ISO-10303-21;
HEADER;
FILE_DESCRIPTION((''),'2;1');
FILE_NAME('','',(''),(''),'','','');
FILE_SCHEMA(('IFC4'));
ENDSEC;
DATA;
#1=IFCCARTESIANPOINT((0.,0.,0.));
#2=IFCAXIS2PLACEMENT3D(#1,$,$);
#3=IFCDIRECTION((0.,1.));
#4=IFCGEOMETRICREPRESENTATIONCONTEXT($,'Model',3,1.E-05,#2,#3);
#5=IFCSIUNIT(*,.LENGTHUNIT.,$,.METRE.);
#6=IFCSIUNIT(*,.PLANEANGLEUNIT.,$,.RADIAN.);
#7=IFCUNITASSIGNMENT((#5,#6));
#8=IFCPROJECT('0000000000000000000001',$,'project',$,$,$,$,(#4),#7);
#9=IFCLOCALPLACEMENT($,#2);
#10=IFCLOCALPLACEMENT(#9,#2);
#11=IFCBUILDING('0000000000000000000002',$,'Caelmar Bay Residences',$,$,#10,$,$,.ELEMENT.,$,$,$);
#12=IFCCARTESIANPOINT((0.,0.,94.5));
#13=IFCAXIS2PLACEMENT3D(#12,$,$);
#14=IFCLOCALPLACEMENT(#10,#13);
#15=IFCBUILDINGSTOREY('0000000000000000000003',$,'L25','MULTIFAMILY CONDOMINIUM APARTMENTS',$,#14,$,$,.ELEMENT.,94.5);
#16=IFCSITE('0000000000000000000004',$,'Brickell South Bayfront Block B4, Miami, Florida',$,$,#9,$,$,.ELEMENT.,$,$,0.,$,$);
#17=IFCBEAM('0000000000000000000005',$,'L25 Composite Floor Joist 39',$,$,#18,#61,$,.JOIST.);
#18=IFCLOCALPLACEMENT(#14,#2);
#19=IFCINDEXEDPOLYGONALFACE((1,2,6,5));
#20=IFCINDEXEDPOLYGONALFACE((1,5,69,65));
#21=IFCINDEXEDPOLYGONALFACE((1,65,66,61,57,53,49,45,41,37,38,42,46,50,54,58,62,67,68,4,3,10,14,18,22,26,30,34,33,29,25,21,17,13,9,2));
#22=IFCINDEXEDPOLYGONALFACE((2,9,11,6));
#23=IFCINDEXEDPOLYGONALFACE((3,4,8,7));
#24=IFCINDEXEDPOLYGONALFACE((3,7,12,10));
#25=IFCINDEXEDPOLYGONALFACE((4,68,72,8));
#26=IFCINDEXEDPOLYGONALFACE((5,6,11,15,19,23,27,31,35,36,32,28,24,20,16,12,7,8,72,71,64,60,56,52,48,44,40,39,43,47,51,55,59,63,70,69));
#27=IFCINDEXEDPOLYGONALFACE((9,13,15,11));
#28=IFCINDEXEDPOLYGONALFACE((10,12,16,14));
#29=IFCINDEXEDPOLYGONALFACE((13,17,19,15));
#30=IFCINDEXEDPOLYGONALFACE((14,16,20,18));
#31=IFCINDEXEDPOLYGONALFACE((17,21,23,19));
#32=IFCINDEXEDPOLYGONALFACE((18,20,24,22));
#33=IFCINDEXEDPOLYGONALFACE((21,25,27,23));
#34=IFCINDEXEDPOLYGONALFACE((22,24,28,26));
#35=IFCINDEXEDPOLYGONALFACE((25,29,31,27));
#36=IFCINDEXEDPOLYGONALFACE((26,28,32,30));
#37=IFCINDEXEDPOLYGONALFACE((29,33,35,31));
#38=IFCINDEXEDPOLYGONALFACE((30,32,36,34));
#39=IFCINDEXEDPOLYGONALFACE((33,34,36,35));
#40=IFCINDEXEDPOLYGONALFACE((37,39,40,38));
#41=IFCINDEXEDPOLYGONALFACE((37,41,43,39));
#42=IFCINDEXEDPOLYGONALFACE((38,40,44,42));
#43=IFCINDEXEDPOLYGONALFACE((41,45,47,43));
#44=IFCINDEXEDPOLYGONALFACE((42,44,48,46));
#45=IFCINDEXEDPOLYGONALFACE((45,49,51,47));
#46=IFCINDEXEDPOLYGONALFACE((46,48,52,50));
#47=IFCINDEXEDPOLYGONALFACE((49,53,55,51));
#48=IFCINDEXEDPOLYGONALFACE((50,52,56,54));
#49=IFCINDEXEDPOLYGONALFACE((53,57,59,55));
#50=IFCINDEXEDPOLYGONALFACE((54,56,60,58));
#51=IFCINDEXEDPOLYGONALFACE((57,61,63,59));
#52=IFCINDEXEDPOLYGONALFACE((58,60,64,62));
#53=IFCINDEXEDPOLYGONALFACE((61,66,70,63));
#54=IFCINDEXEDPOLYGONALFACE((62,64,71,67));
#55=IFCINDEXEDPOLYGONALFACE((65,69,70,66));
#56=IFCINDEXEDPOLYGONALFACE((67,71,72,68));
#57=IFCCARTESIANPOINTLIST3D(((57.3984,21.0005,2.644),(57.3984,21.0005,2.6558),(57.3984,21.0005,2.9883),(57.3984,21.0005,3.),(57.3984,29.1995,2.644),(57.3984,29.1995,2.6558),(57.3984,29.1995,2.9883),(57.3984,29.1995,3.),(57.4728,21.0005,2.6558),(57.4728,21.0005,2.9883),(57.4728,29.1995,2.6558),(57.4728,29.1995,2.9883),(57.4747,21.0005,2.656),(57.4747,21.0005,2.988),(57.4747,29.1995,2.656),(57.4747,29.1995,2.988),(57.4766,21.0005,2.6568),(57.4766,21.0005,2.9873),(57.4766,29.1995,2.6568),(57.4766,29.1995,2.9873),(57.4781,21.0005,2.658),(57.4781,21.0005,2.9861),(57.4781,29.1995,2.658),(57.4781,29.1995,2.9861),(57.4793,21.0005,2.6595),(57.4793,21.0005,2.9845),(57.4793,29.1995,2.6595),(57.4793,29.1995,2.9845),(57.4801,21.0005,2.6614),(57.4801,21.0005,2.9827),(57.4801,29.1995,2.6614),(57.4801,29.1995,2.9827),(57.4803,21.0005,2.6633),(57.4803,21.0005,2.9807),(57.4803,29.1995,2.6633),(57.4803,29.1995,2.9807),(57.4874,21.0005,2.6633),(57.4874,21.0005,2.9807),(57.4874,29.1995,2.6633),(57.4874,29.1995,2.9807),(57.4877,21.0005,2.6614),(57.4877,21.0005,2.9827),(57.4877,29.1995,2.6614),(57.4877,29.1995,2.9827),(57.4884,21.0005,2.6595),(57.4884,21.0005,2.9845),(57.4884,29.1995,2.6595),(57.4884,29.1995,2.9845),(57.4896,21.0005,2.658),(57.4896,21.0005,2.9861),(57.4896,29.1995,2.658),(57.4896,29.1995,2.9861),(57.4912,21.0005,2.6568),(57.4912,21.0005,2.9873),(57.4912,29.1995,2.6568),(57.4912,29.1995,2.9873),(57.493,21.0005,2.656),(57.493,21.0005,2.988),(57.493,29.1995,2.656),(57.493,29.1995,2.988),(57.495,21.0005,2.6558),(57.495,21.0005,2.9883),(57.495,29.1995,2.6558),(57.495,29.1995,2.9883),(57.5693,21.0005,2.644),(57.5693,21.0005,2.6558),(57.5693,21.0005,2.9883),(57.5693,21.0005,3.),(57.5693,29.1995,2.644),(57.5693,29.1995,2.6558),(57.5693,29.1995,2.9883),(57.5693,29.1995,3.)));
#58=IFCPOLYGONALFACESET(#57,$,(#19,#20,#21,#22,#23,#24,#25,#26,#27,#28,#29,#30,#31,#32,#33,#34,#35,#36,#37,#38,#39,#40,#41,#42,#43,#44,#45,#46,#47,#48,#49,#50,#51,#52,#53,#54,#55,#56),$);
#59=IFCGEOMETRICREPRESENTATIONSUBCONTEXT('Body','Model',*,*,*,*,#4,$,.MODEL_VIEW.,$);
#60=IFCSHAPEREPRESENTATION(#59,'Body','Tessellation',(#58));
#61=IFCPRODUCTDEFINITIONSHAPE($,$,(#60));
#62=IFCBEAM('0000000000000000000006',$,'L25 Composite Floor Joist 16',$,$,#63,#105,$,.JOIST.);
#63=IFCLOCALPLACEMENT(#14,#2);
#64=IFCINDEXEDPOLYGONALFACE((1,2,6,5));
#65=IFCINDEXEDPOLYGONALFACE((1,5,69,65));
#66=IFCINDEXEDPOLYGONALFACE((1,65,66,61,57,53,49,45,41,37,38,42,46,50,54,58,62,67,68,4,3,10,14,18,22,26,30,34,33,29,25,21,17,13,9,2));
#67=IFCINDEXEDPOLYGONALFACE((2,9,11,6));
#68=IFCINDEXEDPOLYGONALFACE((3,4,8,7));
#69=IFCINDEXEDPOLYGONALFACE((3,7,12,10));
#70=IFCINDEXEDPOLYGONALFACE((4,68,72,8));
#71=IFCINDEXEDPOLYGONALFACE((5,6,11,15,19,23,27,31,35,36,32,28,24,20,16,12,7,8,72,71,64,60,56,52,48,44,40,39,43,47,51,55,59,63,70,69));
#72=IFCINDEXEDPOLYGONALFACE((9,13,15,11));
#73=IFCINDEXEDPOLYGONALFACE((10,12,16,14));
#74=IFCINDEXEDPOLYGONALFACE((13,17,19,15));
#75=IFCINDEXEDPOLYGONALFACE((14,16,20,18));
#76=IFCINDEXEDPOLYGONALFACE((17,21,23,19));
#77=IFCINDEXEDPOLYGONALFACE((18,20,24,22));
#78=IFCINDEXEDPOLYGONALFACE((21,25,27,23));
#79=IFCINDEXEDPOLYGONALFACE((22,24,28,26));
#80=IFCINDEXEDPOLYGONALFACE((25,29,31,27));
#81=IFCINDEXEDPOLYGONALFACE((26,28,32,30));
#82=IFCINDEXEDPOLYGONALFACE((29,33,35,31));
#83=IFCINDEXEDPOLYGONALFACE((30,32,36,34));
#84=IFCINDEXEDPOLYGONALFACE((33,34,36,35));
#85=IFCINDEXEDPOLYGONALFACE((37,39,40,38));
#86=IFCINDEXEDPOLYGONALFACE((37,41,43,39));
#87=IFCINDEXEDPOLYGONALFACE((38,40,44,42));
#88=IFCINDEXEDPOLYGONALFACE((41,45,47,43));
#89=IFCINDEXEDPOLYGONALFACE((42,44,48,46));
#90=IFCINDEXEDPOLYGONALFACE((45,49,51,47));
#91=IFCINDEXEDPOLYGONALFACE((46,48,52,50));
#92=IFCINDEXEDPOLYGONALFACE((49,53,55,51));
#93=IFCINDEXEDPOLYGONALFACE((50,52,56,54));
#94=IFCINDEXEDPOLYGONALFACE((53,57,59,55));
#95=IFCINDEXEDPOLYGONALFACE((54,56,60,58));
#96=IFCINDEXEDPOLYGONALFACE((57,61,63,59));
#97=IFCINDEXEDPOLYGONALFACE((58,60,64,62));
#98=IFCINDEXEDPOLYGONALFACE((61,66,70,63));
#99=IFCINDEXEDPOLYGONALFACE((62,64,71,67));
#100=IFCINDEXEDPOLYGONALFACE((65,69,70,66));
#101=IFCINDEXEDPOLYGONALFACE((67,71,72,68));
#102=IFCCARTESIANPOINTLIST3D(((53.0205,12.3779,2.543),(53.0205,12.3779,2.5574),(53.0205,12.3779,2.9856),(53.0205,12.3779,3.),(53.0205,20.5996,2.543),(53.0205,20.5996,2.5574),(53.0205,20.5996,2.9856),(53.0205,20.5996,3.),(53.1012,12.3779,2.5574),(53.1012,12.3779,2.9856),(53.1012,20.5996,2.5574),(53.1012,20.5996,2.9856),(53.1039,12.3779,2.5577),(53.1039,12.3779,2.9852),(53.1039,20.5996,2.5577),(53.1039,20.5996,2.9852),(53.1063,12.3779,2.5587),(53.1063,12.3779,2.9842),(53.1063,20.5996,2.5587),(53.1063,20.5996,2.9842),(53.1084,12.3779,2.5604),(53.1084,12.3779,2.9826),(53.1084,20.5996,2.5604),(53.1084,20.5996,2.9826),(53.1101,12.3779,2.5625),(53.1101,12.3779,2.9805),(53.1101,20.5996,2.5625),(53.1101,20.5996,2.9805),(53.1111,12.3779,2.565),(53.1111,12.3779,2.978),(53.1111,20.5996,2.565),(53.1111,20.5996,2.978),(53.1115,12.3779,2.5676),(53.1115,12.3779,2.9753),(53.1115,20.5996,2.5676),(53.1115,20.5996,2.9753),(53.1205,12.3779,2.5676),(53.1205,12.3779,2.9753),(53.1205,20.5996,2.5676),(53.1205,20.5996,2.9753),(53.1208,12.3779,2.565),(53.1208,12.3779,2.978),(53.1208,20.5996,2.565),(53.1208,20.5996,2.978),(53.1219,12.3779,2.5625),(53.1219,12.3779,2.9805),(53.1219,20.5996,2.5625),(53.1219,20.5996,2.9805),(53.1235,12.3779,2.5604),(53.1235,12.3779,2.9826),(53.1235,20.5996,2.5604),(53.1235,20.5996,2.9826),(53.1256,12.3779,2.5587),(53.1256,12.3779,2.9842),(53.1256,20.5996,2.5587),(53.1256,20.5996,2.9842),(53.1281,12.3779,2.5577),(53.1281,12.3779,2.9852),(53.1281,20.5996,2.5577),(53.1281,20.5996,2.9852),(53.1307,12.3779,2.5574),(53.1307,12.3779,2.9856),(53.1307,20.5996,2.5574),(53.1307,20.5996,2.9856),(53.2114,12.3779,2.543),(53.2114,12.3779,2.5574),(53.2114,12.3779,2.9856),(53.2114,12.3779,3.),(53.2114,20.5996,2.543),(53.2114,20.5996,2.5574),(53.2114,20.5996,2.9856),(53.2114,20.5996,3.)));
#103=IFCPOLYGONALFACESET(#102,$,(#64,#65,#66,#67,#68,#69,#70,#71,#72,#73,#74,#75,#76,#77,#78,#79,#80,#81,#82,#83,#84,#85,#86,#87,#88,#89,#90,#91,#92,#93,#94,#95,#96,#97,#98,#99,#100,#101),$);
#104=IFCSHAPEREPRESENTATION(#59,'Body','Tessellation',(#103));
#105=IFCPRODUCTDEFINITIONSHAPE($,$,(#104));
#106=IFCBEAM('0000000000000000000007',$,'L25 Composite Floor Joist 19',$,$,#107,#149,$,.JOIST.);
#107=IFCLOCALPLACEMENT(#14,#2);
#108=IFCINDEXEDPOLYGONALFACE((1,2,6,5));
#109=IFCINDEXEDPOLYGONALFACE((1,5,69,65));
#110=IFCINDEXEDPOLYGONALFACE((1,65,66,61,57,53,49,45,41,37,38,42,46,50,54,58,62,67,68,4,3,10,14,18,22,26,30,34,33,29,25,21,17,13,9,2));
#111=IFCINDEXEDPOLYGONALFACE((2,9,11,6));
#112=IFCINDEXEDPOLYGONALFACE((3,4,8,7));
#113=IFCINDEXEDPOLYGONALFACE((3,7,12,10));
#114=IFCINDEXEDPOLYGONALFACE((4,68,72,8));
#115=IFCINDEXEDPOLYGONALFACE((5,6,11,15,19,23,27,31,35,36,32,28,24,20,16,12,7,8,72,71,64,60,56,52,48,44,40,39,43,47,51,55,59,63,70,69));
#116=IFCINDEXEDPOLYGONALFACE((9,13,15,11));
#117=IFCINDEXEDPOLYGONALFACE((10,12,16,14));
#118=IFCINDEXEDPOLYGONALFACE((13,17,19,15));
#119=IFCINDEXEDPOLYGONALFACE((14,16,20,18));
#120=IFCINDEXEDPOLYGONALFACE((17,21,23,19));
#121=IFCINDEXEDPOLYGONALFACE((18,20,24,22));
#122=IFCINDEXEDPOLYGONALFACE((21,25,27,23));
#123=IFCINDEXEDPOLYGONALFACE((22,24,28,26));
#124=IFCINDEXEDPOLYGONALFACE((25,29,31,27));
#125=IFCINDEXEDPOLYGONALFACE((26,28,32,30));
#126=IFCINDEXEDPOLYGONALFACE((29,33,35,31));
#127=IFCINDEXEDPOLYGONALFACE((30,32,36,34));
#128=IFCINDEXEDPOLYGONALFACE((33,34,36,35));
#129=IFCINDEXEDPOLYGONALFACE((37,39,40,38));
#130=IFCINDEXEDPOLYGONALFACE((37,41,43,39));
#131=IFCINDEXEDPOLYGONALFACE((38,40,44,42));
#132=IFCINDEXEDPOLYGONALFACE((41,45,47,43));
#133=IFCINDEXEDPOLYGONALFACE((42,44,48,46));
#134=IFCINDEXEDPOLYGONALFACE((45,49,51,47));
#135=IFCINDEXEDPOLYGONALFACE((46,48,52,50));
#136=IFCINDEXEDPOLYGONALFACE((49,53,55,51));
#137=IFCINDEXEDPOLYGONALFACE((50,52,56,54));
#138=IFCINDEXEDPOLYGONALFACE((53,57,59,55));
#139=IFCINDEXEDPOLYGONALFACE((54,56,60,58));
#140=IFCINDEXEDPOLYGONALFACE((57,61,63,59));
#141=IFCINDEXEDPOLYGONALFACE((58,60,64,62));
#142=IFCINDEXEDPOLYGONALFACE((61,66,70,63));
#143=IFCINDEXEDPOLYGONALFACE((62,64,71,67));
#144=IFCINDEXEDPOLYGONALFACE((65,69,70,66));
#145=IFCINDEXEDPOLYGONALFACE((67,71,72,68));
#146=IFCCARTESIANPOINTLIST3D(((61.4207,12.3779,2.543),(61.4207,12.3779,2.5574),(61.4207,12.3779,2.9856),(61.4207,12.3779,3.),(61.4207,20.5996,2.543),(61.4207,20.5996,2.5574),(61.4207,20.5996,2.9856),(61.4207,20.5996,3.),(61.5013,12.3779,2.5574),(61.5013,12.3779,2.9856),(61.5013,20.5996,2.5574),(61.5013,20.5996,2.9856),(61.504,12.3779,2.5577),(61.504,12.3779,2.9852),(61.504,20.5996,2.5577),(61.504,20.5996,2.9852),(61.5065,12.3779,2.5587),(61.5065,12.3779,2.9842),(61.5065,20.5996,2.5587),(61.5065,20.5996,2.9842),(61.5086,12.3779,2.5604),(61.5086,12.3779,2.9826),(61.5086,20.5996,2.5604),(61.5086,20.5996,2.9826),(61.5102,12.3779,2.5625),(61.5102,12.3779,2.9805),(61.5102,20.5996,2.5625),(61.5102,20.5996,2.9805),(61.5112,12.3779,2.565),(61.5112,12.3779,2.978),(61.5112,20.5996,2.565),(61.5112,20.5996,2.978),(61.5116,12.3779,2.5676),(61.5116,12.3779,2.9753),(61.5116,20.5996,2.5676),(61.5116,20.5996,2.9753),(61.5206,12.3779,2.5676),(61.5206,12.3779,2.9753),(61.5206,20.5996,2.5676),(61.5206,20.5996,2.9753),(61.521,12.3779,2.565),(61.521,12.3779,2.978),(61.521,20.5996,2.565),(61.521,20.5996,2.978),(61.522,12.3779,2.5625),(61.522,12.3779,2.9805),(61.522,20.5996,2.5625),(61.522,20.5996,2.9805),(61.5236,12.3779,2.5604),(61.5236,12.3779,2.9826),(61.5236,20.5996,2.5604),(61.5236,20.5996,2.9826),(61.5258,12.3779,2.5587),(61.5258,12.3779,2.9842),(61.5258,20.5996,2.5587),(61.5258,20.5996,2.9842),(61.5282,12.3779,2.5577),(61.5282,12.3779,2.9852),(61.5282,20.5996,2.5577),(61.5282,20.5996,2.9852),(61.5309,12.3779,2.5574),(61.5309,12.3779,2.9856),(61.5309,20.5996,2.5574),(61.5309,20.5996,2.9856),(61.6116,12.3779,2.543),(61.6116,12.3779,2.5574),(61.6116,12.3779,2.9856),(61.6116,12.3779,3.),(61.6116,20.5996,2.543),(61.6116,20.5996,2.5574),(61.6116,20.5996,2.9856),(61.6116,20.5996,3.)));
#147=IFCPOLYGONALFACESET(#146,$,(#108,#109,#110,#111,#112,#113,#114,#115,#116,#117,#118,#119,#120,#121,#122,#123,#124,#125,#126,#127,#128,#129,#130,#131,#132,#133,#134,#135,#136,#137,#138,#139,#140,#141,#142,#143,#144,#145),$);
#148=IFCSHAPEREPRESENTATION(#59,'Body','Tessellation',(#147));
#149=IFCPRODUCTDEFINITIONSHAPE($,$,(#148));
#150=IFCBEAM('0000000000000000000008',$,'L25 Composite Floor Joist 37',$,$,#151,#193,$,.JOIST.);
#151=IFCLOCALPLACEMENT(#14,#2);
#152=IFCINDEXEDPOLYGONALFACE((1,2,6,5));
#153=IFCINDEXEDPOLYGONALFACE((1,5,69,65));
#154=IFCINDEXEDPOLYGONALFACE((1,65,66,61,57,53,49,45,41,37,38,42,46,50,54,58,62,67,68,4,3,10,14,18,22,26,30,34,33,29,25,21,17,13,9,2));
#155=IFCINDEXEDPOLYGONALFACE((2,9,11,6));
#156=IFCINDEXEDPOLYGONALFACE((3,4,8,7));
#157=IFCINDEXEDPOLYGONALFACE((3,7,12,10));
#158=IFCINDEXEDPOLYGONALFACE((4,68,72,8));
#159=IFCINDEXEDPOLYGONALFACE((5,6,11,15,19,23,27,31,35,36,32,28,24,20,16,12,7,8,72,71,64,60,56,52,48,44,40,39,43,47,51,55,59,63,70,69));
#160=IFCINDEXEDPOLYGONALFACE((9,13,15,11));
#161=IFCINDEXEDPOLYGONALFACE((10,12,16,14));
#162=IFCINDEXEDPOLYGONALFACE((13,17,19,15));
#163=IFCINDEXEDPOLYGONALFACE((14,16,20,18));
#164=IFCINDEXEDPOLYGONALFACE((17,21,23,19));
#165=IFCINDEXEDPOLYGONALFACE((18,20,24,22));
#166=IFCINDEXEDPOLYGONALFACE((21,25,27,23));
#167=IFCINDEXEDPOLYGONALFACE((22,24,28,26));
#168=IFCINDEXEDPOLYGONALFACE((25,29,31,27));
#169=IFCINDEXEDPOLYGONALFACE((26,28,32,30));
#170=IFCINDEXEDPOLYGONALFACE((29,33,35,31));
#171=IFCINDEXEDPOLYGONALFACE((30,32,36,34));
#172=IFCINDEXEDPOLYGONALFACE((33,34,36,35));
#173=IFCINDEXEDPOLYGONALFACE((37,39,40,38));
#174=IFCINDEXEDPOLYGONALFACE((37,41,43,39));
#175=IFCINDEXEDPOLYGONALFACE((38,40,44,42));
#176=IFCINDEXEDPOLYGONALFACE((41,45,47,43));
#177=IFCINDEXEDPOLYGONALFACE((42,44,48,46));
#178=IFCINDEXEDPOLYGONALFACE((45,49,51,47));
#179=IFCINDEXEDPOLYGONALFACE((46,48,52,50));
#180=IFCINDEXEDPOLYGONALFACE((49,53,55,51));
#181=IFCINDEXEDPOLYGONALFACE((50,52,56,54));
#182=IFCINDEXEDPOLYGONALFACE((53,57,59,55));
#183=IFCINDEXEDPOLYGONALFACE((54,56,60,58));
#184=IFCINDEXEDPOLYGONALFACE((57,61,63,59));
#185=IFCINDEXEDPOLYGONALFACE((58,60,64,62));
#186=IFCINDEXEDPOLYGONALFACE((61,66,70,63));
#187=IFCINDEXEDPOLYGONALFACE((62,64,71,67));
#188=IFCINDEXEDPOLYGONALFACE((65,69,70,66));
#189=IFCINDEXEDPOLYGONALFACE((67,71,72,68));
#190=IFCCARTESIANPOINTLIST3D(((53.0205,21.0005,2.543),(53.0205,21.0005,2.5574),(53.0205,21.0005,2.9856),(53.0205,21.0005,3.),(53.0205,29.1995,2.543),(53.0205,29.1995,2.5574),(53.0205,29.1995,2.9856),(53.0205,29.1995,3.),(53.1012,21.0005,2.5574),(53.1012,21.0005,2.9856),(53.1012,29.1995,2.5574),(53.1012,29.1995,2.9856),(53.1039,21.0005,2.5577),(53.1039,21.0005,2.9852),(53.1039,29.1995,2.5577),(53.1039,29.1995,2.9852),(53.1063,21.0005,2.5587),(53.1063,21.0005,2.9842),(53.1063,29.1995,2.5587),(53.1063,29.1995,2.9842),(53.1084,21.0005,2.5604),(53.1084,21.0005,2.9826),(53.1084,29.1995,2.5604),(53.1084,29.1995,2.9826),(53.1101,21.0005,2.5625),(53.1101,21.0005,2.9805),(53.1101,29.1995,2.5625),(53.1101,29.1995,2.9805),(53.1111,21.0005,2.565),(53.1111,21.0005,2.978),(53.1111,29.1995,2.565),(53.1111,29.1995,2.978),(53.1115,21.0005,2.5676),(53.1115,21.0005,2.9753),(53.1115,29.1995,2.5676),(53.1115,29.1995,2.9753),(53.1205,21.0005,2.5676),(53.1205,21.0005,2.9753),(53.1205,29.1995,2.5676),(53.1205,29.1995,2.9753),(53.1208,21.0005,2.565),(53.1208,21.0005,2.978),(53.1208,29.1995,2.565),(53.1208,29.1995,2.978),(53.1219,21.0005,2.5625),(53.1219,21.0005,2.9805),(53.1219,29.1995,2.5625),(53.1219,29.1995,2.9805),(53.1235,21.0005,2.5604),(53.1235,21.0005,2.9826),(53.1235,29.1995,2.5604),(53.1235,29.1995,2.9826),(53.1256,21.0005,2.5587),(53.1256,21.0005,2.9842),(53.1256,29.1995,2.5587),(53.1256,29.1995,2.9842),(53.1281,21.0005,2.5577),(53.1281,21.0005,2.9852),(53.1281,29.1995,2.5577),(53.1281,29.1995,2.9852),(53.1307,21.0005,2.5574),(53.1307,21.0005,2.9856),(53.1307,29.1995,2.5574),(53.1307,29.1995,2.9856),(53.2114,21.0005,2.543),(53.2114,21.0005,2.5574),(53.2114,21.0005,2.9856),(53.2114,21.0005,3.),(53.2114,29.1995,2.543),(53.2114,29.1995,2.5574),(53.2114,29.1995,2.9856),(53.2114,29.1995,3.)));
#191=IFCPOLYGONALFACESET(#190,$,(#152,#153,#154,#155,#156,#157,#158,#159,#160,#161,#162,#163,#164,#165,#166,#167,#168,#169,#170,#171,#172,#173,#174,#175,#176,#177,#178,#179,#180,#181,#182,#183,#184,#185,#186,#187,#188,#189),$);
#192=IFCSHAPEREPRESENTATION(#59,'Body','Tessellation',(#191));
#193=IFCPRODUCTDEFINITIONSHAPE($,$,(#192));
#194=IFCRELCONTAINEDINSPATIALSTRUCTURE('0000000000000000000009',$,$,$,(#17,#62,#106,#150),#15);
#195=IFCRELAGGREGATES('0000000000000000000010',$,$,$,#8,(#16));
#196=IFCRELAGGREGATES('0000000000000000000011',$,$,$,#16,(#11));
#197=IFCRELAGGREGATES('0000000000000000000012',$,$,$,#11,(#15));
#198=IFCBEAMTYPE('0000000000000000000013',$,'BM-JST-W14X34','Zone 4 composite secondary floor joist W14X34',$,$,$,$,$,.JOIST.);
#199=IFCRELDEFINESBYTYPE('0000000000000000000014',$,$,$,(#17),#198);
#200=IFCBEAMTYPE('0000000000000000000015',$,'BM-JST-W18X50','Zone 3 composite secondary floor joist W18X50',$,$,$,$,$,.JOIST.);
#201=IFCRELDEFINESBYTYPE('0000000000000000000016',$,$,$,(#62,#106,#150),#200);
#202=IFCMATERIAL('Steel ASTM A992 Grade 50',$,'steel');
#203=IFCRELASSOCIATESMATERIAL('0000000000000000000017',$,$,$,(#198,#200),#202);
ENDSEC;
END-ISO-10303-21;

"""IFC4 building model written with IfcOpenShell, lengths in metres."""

from ifc_helpers import new_model, si_unit, direction, frame, origin, origin_2d, place, context, subcontext, project, spatial, i_section, extrude, material, material_profile, profile_set, type_object, element, save


model = new_model("IFC4")

# Units and contexts
model_context = context("Model", 3, precision=1e-05, world=origin(), true_north=direction((0.0, 1.0)))
body_context = subcontext(model_context, "Body", "Model", "MODEL_VIEW")
ifc_project = project(units=[si_unit("LENGTHUNIT", "METRE"), si_unit("PLANEANGLEUNIT", "RADIAN")], contexts=[model_context])

# Site, building, storey
site_placement = place(None, origin())
site = spatial("IfcSite", under=ifc_project, at=site_placement, Name="Brickell South Bayfront Block B4, Miami, Florida", CompositionType="ELEMENT", RefElevation=0.0)
building_placement = place(site_placement, origin())
building = spatial("IfcBuilding", under=site, at=building_placement, Name="Caelmar Bay Residences", CompositionType="ELEMENT")
storey_placement = place(building_placement, frame((0.0, 0.0, 94.5)))
storey = spatial("IfcBuildingStorey", under=building, at=storey_placement, Name="L25", Description="MULTIFAMILY CONDOMINIUM APARTMENTS", CompositionType="ELEMENT", Elevation=94.5)

# Beams
ifc_material_1 = material(Name="Steel ASTM A992 Grade 50", Category="steel")
ifc_material_profile_1 = material_profile(ifc_material_1, i_section(OverallWidth=0.1709, OverallDepth=0.356, WebThickness=0.0071, FlangeThickness=0.0117, FilletRadius=0.0076, at=origin_2d()), Name="W14X34")
ifc_profile_set_1 = profile_set([ifc_material_profile_1], Name="Steel ASTM A992 Grade 50")
beam_type_1 = type_object("IfcBeamType", Name="BM-JST-W14X34", Description="Zone 4 composite secondary floor joist W14X34", PredefinedType="JOIST", material=ifc_profile_set_1)
beam_placement = place(storey_placement, frame((57.4839, 21.0005, 2.822), z_axis=(0.0, 1.0, 0.0), x_axis=(-1.0, 0.0, 0.0)))
element("IfcBeam", 1, at=beam_placement, inside=storey, type_object=beam_type_1, Name="L25 Composite Floor Joist 39", PredefinedType="JOIST", context=body_context, shape_type="SweptSolid", body=[
    extrude(i_section(OverallWidth=0.1709, OverallDepth=0.356, WebThickness=0.0071, FlangeThickness=0.0117, FilletRadius=0.0076, at=origin_2d()), origin(), (0.0, 0.0, 1.0), 8.199),
])
ifc_material_profile_2 = material_profile(ifc_material_1, i_section(OverallWidth=0.1909, OverallDepth=0.457, WebThickness=0.009, FlangeThickness=0.0144, FilletRadius=0.0103, at=origin_2d()), Name="W18X50")
ifc_profile_set_2 = profile_set([ifc_material_profile_2], Name="Steel ASTM A992 Grade 50")
beam_type_2 = type_object("IfcBeamType", Name="BM-JST-W18X50", Description="Zone 3 composite secondary floor joist W18X50", PredefinedType="JOIST", material=ifc_profile_set_2)
for number, where, z_axis, x_axis, name in (
    (2, (53.116, 12.3779, 2.7715), (0.0, 1.0, 0.0), (-1.0, 0.0, 0.0), "L25 Composite Floor Joist 16"),
    (3, (61.5161, 12.3779, 2.7715), (0.0, 1.0, 0.0), (-1.0, 0.0, 0.0), "L25 Composite Floor Joist 19"),
):
    element("IfcBeam", number, at=place(storey_placement, frame(where, z_axis=z_axis, x_axis=x_axis)), inside=storey, type_object=beam_type_2, Name=name, PredefinedType="JOIST", context=body_context, shape_type="SweptSolid", body=[
        extrude(i_section(OverallWidth=0.1909, OverallDepth=0.457, WebThickness=0.009, FlangeThickness=0.0144, FilletRadius=0.0103, at=origin_2d()), origin(), (0.0, 0.0, 1.0), 8.2217),
    ])
for number, where, z_axis, x_axis, name in (
    (4, (53.116, 21.0005, 2.7715), (0.0, 1.0, 0.0), (-1.0, 0.0, 0.0), "L25 Composite Floor Joist 37"),
):
    element("IfcBeam", number, at=place(storey_placement, frame(where, z_axis=z_axis, x_axis=x_axis)), inside=storey, type_object=beam_type_2, Name=name, PredefinedType="JOIST", context=body_context, shape_type="SweptSolid", body=[
        extrude(i_section(OverallWidth=0.1909, OverallDepth=0.457, WebThickness=0.009, FlangeThickness=0.0144, FilletRadius=0.0103, at=origin_2d()), origin(), (0.0, 0.0, 1.0), 8.199),
    ])

save(model, "model.ifc")
